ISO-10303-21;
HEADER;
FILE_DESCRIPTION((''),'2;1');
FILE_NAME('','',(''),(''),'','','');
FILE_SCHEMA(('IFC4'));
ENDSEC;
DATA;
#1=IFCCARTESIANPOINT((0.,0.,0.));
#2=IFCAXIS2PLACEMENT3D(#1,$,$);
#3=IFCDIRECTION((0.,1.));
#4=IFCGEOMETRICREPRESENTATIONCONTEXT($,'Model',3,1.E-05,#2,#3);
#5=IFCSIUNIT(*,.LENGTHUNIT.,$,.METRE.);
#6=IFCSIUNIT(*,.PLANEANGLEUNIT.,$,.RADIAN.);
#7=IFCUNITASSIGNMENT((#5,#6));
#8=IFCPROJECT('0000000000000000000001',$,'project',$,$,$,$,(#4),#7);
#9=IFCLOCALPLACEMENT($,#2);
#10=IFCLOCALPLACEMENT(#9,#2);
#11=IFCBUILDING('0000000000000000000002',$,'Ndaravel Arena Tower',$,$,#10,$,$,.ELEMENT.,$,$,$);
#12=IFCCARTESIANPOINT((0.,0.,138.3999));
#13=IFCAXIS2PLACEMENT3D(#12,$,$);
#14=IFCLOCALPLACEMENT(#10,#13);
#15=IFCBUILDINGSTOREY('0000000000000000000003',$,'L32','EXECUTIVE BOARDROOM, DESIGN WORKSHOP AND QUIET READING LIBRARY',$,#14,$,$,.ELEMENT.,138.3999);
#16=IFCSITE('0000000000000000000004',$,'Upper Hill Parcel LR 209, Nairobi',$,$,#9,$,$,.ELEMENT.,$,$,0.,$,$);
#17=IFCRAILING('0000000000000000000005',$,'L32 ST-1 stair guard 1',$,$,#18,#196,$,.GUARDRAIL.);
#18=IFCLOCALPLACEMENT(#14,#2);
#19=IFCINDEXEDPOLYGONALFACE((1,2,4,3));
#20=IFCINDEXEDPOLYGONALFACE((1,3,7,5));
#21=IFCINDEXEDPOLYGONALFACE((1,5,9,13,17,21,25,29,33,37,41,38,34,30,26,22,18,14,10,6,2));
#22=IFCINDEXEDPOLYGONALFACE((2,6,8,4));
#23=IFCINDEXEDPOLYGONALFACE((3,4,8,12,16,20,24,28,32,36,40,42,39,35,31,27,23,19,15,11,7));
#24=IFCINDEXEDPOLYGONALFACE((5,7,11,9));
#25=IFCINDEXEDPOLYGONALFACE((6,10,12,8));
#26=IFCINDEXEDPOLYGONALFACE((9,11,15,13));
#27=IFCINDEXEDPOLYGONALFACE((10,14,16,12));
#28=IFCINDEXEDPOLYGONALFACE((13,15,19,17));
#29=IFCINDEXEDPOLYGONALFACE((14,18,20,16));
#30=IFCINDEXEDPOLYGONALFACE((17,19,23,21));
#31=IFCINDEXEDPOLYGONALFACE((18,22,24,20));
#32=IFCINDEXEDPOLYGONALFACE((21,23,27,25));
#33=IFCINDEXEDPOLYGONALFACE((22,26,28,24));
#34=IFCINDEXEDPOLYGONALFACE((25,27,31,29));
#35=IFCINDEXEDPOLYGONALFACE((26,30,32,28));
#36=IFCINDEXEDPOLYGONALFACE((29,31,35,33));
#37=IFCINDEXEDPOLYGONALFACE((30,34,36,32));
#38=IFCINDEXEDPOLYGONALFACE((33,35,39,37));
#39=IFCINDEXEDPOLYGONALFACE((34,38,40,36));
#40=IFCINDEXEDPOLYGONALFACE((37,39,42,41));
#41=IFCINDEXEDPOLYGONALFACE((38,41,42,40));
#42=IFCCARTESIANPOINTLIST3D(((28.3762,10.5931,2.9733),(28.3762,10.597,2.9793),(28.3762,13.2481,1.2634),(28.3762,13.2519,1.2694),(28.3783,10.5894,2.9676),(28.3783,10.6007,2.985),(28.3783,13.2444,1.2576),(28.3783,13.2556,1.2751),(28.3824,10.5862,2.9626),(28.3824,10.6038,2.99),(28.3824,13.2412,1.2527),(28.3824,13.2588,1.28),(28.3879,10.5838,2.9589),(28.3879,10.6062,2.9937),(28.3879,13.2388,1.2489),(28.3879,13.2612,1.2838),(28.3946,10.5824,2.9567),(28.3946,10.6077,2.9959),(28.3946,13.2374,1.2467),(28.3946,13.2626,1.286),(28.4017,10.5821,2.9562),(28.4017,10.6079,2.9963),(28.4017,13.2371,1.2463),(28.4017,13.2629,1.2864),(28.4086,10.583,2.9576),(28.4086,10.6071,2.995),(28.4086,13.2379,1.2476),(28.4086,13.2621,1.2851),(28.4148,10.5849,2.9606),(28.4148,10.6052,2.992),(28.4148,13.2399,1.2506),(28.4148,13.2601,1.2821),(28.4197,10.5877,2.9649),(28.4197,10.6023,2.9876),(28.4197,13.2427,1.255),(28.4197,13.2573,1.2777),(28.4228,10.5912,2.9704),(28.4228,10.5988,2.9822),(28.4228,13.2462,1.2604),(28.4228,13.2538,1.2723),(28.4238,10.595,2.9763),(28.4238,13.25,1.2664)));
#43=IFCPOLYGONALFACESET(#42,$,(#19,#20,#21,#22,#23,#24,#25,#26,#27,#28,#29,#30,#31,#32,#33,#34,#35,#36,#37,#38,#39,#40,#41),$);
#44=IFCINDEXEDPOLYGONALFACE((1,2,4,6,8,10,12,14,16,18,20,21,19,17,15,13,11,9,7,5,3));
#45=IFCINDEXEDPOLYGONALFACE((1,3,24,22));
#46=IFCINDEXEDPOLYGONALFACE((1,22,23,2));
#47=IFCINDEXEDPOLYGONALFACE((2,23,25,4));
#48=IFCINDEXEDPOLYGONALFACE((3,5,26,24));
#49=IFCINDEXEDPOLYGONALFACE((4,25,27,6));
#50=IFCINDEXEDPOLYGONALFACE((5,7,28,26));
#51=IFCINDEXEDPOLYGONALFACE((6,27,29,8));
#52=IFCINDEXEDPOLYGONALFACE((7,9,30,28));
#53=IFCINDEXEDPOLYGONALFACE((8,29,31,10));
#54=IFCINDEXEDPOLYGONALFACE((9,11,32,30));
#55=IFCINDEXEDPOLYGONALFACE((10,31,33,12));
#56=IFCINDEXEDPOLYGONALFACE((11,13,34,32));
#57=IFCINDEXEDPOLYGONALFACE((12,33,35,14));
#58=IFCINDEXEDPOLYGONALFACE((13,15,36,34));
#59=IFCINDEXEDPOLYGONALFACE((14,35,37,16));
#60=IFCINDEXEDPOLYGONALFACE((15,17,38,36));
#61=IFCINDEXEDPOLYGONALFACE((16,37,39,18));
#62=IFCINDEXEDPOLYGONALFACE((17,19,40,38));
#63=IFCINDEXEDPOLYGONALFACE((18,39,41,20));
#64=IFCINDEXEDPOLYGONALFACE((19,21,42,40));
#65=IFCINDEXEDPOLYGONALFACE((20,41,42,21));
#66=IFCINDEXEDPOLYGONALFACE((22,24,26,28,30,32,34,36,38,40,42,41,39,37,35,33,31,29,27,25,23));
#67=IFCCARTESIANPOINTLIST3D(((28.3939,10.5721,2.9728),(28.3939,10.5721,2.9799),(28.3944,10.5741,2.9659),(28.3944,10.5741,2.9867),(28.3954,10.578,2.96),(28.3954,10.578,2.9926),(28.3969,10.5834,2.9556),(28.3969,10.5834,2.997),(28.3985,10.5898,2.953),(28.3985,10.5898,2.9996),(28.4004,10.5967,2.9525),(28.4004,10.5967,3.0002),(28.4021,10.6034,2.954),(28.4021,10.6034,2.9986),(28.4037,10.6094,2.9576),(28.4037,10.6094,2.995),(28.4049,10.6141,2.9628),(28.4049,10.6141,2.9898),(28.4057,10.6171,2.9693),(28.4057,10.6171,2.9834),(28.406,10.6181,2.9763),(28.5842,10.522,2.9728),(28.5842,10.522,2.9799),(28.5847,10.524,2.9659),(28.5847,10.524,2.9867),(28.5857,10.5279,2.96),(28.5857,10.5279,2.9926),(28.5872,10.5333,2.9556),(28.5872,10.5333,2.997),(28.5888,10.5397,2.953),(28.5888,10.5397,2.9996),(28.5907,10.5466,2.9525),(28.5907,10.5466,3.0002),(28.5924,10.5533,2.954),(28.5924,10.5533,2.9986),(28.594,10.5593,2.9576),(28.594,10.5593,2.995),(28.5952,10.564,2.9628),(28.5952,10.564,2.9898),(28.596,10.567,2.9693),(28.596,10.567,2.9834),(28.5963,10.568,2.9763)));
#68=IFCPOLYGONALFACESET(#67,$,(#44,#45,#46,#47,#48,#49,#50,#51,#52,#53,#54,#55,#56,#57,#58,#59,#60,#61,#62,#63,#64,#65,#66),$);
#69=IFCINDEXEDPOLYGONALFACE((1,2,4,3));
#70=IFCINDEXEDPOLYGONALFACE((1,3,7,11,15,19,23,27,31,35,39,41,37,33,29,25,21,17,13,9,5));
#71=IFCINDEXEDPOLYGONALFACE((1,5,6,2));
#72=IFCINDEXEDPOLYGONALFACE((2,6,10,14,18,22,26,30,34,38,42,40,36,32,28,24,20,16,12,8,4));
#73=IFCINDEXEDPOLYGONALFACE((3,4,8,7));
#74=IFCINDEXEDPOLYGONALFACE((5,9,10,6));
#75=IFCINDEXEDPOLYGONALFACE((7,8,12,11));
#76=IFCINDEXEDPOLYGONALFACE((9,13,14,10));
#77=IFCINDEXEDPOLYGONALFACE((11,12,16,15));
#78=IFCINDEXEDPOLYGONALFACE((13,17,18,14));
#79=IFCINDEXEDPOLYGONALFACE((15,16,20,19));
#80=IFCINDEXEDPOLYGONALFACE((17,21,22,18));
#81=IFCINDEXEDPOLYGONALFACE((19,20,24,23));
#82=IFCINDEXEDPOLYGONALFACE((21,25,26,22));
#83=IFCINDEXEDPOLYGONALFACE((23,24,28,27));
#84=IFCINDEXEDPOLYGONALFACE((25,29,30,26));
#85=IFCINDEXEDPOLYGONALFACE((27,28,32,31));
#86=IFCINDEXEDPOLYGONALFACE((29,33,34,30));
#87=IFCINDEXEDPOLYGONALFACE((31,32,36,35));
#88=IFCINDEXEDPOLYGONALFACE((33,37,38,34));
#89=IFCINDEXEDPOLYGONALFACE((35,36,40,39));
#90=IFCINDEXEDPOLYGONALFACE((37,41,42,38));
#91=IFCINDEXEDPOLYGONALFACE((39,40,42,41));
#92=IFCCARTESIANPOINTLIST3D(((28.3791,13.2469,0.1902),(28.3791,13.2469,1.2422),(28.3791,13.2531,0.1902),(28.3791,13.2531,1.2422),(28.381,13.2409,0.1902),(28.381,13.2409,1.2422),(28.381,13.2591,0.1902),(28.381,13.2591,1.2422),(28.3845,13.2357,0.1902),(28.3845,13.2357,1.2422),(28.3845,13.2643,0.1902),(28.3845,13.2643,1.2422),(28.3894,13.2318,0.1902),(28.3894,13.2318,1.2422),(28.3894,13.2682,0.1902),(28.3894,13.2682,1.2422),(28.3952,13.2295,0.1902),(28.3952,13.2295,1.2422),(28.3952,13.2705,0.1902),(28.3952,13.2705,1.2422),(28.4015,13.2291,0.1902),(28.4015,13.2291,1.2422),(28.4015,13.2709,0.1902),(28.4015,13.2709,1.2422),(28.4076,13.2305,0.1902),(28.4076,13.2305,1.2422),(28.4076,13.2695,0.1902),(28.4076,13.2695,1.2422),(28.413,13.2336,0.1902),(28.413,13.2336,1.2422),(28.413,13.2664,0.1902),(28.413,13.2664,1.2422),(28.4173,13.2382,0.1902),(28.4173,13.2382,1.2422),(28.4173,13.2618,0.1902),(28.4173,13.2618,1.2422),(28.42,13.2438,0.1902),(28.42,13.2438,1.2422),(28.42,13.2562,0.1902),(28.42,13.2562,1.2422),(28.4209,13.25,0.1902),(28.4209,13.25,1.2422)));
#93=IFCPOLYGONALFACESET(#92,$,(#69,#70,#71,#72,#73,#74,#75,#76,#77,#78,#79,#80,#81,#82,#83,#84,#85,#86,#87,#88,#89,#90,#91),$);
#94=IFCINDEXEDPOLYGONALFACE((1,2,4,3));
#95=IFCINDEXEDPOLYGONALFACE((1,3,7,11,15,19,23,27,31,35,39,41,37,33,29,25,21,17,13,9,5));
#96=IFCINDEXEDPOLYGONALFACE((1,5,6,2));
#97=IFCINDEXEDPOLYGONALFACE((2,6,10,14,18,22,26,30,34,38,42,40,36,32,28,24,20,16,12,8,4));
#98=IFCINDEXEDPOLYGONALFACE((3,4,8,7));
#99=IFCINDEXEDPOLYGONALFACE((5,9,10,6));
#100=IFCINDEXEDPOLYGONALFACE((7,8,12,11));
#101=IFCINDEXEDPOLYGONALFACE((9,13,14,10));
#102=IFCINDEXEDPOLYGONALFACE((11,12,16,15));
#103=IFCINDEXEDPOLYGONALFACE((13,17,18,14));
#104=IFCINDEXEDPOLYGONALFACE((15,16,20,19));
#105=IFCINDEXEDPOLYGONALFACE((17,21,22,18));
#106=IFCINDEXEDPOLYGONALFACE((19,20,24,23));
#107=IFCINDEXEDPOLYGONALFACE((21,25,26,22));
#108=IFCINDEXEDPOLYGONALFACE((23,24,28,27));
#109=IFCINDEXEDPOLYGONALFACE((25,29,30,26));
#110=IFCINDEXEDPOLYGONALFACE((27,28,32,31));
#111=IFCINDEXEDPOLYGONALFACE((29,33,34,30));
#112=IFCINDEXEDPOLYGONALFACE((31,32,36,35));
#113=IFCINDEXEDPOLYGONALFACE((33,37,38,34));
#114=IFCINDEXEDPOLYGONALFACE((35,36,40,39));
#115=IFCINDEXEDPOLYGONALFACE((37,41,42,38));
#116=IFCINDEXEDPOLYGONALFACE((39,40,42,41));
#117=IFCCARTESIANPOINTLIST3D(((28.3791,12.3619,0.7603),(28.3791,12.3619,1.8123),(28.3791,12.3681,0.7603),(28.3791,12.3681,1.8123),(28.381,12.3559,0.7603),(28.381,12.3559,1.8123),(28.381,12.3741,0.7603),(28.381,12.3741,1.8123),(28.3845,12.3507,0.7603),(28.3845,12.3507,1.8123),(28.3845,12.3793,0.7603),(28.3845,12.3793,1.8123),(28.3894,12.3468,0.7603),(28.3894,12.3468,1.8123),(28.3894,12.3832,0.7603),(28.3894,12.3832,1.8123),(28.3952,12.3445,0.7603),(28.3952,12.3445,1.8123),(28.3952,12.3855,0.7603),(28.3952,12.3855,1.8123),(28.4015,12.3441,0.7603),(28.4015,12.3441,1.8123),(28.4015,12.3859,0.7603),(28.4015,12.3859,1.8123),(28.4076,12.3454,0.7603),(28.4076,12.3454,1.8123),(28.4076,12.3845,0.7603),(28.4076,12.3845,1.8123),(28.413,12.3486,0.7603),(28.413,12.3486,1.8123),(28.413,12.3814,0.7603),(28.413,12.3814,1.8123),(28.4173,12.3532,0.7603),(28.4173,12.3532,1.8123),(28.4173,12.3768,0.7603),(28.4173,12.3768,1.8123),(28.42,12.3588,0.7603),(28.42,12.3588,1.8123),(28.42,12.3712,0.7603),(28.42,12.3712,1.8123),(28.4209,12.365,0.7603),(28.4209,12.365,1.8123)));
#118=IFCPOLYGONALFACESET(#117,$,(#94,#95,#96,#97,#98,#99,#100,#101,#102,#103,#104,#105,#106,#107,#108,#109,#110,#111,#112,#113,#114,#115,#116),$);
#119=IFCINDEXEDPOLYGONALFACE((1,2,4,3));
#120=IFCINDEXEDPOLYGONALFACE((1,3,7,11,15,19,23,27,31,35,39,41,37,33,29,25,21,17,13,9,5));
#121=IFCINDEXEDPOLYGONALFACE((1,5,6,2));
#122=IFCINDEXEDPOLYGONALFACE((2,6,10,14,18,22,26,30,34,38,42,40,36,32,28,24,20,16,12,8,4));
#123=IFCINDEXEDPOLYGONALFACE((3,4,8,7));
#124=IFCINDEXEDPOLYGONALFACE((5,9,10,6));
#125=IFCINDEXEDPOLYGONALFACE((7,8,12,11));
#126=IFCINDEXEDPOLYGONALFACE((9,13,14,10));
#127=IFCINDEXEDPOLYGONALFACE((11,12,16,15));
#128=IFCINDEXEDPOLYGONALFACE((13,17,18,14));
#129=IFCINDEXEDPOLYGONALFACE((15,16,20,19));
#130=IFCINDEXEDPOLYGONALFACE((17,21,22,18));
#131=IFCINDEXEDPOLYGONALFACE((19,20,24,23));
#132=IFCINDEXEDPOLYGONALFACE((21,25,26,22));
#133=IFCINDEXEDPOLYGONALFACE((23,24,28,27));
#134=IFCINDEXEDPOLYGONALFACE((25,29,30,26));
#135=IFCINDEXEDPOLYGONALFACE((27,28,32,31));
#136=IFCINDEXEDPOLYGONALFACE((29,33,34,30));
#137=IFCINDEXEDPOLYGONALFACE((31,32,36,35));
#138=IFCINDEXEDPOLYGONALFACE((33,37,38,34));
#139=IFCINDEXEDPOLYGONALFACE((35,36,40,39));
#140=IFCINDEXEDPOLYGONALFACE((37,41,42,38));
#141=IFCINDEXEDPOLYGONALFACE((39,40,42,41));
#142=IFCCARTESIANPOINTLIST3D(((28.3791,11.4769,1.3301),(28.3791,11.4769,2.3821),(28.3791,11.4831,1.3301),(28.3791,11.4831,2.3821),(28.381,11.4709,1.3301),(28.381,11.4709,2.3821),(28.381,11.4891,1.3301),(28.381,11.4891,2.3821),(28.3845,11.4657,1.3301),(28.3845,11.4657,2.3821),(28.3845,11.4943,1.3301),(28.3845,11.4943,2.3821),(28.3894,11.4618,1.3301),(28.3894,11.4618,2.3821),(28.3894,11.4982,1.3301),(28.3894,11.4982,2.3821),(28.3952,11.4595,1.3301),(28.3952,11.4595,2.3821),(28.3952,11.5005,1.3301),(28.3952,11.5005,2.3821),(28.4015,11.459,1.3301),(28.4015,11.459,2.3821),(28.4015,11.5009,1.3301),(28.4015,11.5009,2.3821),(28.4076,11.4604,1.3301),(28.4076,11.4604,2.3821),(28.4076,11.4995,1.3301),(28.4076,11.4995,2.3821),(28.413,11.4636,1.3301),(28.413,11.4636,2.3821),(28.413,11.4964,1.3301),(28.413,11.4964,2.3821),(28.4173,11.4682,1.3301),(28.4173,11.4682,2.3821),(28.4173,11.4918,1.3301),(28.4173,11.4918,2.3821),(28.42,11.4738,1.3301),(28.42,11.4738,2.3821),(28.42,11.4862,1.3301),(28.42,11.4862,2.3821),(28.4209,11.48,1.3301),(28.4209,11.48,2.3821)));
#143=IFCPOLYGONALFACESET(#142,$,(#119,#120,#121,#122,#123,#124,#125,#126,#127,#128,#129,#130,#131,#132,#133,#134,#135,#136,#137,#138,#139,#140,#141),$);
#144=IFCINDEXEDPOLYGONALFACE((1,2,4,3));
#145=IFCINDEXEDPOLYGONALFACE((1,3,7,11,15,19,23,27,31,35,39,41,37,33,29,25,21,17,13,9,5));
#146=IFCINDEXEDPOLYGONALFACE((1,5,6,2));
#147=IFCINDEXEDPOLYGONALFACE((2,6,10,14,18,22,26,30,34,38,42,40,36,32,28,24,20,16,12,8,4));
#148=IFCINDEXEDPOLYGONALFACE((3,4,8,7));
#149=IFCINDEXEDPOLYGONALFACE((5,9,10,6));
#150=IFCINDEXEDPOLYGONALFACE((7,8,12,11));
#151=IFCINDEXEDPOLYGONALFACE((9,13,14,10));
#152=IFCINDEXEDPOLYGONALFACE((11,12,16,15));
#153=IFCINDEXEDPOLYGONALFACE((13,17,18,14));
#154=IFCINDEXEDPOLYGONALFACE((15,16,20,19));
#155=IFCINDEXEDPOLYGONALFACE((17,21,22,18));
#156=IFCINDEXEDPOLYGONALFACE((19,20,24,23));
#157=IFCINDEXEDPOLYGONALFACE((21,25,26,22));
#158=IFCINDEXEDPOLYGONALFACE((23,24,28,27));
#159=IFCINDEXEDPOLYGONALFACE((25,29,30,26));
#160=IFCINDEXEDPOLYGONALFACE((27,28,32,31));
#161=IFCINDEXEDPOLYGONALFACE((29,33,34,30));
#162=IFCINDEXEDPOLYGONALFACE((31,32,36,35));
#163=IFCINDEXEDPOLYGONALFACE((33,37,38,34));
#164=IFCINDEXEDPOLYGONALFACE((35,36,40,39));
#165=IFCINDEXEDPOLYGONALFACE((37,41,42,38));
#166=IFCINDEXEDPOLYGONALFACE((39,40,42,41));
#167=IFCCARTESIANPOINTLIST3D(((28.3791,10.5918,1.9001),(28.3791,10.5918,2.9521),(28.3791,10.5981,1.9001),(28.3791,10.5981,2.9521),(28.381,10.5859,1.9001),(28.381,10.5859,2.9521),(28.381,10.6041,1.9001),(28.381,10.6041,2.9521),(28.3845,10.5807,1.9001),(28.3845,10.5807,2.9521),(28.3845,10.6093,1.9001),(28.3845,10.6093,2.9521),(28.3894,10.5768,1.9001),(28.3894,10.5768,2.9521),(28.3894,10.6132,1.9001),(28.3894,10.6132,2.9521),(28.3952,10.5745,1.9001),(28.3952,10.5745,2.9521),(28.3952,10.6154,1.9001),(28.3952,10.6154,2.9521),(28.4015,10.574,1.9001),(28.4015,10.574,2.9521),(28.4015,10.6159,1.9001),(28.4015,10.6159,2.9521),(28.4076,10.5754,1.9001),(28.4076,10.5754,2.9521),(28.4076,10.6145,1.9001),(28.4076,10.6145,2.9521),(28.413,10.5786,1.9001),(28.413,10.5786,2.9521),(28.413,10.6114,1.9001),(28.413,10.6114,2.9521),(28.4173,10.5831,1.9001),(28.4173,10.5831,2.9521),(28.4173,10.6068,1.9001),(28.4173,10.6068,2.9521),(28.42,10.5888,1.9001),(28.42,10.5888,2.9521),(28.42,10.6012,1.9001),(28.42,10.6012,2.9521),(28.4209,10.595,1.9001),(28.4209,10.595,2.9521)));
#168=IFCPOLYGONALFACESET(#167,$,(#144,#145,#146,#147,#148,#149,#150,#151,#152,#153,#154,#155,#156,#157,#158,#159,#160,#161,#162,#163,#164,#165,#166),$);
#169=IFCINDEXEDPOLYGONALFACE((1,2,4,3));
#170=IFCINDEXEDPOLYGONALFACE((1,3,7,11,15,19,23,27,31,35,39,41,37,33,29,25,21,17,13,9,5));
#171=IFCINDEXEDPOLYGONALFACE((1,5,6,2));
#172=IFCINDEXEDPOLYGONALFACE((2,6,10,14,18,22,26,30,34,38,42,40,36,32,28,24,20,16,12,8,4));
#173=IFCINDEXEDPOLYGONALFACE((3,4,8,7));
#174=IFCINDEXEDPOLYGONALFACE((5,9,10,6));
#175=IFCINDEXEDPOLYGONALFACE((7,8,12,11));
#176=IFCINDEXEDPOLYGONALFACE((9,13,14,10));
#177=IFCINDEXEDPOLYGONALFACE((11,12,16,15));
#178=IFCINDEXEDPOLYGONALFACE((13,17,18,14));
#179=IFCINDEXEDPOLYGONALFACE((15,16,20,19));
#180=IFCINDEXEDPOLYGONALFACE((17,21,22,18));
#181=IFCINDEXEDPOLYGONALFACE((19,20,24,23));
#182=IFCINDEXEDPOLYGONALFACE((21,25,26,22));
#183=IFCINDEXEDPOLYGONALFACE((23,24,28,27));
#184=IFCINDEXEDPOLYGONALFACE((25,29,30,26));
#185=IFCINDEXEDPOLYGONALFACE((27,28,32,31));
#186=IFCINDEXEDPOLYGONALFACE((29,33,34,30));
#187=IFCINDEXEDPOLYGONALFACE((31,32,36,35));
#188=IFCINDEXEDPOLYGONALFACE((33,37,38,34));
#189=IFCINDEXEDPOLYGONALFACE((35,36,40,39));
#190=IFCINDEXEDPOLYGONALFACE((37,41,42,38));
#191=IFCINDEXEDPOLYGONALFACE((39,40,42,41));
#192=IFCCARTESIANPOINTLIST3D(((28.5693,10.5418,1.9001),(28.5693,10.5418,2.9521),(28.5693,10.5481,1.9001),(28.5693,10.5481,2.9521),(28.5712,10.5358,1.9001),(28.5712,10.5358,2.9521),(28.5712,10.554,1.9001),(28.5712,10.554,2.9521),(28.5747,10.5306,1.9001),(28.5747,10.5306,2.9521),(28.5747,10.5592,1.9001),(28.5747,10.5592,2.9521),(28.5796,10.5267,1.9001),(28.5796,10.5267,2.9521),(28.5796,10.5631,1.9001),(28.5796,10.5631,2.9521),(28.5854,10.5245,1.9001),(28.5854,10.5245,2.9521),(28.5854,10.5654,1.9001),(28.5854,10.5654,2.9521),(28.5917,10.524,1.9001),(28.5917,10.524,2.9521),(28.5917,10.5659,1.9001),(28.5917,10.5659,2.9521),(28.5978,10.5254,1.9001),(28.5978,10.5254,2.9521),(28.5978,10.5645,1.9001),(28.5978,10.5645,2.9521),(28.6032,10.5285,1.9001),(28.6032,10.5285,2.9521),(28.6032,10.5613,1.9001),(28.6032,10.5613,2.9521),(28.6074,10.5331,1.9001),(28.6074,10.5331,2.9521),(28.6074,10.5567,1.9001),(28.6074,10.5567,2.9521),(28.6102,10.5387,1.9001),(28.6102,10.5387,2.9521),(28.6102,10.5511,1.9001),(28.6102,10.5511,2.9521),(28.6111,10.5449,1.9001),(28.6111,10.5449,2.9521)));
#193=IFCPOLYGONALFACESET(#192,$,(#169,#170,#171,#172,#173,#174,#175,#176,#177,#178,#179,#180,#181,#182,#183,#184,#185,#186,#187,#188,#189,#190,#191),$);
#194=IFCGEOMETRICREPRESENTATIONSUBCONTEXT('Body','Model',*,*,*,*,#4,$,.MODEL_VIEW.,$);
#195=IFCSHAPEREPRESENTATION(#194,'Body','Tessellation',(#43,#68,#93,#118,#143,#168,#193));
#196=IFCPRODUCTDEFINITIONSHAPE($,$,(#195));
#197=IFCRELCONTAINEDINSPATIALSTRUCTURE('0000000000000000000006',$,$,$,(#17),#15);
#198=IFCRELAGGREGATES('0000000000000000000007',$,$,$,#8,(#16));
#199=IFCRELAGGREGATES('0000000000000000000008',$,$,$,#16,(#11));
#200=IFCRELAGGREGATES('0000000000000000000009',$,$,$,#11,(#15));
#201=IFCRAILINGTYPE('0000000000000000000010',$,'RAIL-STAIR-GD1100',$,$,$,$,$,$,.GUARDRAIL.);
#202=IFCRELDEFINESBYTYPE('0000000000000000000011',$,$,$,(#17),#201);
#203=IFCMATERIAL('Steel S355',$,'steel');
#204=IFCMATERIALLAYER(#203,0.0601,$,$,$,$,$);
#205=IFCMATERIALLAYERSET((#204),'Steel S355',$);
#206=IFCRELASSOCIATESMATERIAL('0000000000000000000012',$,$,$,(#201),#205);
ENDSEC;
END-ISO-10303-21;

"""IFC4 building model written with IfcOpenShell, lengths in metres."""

from ifc_helpers import new_model, si_unit, direction, frame, origin, origin_2d, place, context, subcontext, project, spatial, circle, extrude, material, layer, layer_set, type_object, element, save


model = new_model("IFC4")

# Units and contexts
model_context = context("Model", 3, precision=1e-05, world=origin(), true_north=direction((0.0, 1.0)))
body_context = subcontext(model_context, "Body", "Model", "MODEL_VIEW")
ifc_project = project(units=[si_unit("LENGTHUNIT", "METRE"), si_unit("PLANEANGLEUNIT", "RADIAN")], contexts=[model_context])

# Site, building, storey
site_placement = place(None, origin())
site = spatial("IfcSite", under=ifc_project, at=site_placement, Name="Upper Hill Parcel LR 209, Nairobi", CompositionType="ELEMENT", RefElevation=0.0)
building_placement = place(site_placement, origin())
building = spatial("IfcBuilding", under=site, at=building_placement, Name="Ndaravel Arena Tower", CompositionType="ELEMENT")
storey_placement = place(building_placement, frame((0.0, 0.0, 138.3999)))
storey = spatial("IfcBuildingStorey", under=building, at=storey_placement, Name="L32", Description="EXECUTIVE BOARDROOM, DESIGN WORKSHOP AND QUIET READING LIBRARY", CompositionType="ELEMENT", Elevation=138.3999)

# Railing
ifc_material_1 = material(Name="Steel S355", Category="steel")
ifc_layer_1 = layer(ifc_material_1, 0.0601)
ifc_layer_set_1 = layer_set([ifc_layer_1], Name="Steel S355")
railing_type_1 = type_object("IfcRailingType", Name="RAIL-STAIR-GD1100", PredefinedType="GUARDRAIL", material=ifc_layer_set_1)
railing_1_placement = place(storey_placement, frame((28.3999, 13.25, 0.1902)))
element("IfcRailing", 1, at=railing_1_placement, inside=storey, type_object=railing_type_1, Name="L32 ST-1 stair guard 1", PredefinedType="GUARDRAIL", context=body_context, shape_type="SweptSolid", body=[
    extrude(circle(Radius=0.0239, at=origin_2d()), frame((0.0, 0.0, 1.0762), z_axis=(0.0, -0.840724, 0.541465), x_axis=(1.0, 0.0, 0.0)), (0.0, 0.0, 1.0), 3.158),
    extrude(circle(Radius=0.0239, at=origin_2d()), frame((0.0, -2.655, 2.7861), z_axis=(0.967075, -0.254493, 0.0), x_axis=(0.254493, 0.967075, 0.0)), (0.0, 0.0, 1.0), 0.1968),
    extrude(circle(Radius=0.021, at=origin_2d()), origin(), (0.0, 0.0, 1.0), 1.052),
    extrude(circle(Radius=0.021, at=origin_2d()), frame((0.0, -0.885, 0.5701)), (0.0, 0.0, 1.0), 1.052),
    extrude(circle(Radius=0.021, at=origin_2d()), frame((0.0, -1.77, 1.1399)), (0.0, 0.0, 1.0), 1.052),
    extrude(circle(Radius=0.021, at=origin_2d()), frame((0.0, -2.655, 1.71)), (0.0, 0.0, 1.0), 1.052),
    extrude(circle(Radius=0.021, at=origin_2d()), frame((0.1902, -2.7051, 1.71)), (0.0, 0.0, 1.0), 1.052),
])

save(model, "model.ifc")
